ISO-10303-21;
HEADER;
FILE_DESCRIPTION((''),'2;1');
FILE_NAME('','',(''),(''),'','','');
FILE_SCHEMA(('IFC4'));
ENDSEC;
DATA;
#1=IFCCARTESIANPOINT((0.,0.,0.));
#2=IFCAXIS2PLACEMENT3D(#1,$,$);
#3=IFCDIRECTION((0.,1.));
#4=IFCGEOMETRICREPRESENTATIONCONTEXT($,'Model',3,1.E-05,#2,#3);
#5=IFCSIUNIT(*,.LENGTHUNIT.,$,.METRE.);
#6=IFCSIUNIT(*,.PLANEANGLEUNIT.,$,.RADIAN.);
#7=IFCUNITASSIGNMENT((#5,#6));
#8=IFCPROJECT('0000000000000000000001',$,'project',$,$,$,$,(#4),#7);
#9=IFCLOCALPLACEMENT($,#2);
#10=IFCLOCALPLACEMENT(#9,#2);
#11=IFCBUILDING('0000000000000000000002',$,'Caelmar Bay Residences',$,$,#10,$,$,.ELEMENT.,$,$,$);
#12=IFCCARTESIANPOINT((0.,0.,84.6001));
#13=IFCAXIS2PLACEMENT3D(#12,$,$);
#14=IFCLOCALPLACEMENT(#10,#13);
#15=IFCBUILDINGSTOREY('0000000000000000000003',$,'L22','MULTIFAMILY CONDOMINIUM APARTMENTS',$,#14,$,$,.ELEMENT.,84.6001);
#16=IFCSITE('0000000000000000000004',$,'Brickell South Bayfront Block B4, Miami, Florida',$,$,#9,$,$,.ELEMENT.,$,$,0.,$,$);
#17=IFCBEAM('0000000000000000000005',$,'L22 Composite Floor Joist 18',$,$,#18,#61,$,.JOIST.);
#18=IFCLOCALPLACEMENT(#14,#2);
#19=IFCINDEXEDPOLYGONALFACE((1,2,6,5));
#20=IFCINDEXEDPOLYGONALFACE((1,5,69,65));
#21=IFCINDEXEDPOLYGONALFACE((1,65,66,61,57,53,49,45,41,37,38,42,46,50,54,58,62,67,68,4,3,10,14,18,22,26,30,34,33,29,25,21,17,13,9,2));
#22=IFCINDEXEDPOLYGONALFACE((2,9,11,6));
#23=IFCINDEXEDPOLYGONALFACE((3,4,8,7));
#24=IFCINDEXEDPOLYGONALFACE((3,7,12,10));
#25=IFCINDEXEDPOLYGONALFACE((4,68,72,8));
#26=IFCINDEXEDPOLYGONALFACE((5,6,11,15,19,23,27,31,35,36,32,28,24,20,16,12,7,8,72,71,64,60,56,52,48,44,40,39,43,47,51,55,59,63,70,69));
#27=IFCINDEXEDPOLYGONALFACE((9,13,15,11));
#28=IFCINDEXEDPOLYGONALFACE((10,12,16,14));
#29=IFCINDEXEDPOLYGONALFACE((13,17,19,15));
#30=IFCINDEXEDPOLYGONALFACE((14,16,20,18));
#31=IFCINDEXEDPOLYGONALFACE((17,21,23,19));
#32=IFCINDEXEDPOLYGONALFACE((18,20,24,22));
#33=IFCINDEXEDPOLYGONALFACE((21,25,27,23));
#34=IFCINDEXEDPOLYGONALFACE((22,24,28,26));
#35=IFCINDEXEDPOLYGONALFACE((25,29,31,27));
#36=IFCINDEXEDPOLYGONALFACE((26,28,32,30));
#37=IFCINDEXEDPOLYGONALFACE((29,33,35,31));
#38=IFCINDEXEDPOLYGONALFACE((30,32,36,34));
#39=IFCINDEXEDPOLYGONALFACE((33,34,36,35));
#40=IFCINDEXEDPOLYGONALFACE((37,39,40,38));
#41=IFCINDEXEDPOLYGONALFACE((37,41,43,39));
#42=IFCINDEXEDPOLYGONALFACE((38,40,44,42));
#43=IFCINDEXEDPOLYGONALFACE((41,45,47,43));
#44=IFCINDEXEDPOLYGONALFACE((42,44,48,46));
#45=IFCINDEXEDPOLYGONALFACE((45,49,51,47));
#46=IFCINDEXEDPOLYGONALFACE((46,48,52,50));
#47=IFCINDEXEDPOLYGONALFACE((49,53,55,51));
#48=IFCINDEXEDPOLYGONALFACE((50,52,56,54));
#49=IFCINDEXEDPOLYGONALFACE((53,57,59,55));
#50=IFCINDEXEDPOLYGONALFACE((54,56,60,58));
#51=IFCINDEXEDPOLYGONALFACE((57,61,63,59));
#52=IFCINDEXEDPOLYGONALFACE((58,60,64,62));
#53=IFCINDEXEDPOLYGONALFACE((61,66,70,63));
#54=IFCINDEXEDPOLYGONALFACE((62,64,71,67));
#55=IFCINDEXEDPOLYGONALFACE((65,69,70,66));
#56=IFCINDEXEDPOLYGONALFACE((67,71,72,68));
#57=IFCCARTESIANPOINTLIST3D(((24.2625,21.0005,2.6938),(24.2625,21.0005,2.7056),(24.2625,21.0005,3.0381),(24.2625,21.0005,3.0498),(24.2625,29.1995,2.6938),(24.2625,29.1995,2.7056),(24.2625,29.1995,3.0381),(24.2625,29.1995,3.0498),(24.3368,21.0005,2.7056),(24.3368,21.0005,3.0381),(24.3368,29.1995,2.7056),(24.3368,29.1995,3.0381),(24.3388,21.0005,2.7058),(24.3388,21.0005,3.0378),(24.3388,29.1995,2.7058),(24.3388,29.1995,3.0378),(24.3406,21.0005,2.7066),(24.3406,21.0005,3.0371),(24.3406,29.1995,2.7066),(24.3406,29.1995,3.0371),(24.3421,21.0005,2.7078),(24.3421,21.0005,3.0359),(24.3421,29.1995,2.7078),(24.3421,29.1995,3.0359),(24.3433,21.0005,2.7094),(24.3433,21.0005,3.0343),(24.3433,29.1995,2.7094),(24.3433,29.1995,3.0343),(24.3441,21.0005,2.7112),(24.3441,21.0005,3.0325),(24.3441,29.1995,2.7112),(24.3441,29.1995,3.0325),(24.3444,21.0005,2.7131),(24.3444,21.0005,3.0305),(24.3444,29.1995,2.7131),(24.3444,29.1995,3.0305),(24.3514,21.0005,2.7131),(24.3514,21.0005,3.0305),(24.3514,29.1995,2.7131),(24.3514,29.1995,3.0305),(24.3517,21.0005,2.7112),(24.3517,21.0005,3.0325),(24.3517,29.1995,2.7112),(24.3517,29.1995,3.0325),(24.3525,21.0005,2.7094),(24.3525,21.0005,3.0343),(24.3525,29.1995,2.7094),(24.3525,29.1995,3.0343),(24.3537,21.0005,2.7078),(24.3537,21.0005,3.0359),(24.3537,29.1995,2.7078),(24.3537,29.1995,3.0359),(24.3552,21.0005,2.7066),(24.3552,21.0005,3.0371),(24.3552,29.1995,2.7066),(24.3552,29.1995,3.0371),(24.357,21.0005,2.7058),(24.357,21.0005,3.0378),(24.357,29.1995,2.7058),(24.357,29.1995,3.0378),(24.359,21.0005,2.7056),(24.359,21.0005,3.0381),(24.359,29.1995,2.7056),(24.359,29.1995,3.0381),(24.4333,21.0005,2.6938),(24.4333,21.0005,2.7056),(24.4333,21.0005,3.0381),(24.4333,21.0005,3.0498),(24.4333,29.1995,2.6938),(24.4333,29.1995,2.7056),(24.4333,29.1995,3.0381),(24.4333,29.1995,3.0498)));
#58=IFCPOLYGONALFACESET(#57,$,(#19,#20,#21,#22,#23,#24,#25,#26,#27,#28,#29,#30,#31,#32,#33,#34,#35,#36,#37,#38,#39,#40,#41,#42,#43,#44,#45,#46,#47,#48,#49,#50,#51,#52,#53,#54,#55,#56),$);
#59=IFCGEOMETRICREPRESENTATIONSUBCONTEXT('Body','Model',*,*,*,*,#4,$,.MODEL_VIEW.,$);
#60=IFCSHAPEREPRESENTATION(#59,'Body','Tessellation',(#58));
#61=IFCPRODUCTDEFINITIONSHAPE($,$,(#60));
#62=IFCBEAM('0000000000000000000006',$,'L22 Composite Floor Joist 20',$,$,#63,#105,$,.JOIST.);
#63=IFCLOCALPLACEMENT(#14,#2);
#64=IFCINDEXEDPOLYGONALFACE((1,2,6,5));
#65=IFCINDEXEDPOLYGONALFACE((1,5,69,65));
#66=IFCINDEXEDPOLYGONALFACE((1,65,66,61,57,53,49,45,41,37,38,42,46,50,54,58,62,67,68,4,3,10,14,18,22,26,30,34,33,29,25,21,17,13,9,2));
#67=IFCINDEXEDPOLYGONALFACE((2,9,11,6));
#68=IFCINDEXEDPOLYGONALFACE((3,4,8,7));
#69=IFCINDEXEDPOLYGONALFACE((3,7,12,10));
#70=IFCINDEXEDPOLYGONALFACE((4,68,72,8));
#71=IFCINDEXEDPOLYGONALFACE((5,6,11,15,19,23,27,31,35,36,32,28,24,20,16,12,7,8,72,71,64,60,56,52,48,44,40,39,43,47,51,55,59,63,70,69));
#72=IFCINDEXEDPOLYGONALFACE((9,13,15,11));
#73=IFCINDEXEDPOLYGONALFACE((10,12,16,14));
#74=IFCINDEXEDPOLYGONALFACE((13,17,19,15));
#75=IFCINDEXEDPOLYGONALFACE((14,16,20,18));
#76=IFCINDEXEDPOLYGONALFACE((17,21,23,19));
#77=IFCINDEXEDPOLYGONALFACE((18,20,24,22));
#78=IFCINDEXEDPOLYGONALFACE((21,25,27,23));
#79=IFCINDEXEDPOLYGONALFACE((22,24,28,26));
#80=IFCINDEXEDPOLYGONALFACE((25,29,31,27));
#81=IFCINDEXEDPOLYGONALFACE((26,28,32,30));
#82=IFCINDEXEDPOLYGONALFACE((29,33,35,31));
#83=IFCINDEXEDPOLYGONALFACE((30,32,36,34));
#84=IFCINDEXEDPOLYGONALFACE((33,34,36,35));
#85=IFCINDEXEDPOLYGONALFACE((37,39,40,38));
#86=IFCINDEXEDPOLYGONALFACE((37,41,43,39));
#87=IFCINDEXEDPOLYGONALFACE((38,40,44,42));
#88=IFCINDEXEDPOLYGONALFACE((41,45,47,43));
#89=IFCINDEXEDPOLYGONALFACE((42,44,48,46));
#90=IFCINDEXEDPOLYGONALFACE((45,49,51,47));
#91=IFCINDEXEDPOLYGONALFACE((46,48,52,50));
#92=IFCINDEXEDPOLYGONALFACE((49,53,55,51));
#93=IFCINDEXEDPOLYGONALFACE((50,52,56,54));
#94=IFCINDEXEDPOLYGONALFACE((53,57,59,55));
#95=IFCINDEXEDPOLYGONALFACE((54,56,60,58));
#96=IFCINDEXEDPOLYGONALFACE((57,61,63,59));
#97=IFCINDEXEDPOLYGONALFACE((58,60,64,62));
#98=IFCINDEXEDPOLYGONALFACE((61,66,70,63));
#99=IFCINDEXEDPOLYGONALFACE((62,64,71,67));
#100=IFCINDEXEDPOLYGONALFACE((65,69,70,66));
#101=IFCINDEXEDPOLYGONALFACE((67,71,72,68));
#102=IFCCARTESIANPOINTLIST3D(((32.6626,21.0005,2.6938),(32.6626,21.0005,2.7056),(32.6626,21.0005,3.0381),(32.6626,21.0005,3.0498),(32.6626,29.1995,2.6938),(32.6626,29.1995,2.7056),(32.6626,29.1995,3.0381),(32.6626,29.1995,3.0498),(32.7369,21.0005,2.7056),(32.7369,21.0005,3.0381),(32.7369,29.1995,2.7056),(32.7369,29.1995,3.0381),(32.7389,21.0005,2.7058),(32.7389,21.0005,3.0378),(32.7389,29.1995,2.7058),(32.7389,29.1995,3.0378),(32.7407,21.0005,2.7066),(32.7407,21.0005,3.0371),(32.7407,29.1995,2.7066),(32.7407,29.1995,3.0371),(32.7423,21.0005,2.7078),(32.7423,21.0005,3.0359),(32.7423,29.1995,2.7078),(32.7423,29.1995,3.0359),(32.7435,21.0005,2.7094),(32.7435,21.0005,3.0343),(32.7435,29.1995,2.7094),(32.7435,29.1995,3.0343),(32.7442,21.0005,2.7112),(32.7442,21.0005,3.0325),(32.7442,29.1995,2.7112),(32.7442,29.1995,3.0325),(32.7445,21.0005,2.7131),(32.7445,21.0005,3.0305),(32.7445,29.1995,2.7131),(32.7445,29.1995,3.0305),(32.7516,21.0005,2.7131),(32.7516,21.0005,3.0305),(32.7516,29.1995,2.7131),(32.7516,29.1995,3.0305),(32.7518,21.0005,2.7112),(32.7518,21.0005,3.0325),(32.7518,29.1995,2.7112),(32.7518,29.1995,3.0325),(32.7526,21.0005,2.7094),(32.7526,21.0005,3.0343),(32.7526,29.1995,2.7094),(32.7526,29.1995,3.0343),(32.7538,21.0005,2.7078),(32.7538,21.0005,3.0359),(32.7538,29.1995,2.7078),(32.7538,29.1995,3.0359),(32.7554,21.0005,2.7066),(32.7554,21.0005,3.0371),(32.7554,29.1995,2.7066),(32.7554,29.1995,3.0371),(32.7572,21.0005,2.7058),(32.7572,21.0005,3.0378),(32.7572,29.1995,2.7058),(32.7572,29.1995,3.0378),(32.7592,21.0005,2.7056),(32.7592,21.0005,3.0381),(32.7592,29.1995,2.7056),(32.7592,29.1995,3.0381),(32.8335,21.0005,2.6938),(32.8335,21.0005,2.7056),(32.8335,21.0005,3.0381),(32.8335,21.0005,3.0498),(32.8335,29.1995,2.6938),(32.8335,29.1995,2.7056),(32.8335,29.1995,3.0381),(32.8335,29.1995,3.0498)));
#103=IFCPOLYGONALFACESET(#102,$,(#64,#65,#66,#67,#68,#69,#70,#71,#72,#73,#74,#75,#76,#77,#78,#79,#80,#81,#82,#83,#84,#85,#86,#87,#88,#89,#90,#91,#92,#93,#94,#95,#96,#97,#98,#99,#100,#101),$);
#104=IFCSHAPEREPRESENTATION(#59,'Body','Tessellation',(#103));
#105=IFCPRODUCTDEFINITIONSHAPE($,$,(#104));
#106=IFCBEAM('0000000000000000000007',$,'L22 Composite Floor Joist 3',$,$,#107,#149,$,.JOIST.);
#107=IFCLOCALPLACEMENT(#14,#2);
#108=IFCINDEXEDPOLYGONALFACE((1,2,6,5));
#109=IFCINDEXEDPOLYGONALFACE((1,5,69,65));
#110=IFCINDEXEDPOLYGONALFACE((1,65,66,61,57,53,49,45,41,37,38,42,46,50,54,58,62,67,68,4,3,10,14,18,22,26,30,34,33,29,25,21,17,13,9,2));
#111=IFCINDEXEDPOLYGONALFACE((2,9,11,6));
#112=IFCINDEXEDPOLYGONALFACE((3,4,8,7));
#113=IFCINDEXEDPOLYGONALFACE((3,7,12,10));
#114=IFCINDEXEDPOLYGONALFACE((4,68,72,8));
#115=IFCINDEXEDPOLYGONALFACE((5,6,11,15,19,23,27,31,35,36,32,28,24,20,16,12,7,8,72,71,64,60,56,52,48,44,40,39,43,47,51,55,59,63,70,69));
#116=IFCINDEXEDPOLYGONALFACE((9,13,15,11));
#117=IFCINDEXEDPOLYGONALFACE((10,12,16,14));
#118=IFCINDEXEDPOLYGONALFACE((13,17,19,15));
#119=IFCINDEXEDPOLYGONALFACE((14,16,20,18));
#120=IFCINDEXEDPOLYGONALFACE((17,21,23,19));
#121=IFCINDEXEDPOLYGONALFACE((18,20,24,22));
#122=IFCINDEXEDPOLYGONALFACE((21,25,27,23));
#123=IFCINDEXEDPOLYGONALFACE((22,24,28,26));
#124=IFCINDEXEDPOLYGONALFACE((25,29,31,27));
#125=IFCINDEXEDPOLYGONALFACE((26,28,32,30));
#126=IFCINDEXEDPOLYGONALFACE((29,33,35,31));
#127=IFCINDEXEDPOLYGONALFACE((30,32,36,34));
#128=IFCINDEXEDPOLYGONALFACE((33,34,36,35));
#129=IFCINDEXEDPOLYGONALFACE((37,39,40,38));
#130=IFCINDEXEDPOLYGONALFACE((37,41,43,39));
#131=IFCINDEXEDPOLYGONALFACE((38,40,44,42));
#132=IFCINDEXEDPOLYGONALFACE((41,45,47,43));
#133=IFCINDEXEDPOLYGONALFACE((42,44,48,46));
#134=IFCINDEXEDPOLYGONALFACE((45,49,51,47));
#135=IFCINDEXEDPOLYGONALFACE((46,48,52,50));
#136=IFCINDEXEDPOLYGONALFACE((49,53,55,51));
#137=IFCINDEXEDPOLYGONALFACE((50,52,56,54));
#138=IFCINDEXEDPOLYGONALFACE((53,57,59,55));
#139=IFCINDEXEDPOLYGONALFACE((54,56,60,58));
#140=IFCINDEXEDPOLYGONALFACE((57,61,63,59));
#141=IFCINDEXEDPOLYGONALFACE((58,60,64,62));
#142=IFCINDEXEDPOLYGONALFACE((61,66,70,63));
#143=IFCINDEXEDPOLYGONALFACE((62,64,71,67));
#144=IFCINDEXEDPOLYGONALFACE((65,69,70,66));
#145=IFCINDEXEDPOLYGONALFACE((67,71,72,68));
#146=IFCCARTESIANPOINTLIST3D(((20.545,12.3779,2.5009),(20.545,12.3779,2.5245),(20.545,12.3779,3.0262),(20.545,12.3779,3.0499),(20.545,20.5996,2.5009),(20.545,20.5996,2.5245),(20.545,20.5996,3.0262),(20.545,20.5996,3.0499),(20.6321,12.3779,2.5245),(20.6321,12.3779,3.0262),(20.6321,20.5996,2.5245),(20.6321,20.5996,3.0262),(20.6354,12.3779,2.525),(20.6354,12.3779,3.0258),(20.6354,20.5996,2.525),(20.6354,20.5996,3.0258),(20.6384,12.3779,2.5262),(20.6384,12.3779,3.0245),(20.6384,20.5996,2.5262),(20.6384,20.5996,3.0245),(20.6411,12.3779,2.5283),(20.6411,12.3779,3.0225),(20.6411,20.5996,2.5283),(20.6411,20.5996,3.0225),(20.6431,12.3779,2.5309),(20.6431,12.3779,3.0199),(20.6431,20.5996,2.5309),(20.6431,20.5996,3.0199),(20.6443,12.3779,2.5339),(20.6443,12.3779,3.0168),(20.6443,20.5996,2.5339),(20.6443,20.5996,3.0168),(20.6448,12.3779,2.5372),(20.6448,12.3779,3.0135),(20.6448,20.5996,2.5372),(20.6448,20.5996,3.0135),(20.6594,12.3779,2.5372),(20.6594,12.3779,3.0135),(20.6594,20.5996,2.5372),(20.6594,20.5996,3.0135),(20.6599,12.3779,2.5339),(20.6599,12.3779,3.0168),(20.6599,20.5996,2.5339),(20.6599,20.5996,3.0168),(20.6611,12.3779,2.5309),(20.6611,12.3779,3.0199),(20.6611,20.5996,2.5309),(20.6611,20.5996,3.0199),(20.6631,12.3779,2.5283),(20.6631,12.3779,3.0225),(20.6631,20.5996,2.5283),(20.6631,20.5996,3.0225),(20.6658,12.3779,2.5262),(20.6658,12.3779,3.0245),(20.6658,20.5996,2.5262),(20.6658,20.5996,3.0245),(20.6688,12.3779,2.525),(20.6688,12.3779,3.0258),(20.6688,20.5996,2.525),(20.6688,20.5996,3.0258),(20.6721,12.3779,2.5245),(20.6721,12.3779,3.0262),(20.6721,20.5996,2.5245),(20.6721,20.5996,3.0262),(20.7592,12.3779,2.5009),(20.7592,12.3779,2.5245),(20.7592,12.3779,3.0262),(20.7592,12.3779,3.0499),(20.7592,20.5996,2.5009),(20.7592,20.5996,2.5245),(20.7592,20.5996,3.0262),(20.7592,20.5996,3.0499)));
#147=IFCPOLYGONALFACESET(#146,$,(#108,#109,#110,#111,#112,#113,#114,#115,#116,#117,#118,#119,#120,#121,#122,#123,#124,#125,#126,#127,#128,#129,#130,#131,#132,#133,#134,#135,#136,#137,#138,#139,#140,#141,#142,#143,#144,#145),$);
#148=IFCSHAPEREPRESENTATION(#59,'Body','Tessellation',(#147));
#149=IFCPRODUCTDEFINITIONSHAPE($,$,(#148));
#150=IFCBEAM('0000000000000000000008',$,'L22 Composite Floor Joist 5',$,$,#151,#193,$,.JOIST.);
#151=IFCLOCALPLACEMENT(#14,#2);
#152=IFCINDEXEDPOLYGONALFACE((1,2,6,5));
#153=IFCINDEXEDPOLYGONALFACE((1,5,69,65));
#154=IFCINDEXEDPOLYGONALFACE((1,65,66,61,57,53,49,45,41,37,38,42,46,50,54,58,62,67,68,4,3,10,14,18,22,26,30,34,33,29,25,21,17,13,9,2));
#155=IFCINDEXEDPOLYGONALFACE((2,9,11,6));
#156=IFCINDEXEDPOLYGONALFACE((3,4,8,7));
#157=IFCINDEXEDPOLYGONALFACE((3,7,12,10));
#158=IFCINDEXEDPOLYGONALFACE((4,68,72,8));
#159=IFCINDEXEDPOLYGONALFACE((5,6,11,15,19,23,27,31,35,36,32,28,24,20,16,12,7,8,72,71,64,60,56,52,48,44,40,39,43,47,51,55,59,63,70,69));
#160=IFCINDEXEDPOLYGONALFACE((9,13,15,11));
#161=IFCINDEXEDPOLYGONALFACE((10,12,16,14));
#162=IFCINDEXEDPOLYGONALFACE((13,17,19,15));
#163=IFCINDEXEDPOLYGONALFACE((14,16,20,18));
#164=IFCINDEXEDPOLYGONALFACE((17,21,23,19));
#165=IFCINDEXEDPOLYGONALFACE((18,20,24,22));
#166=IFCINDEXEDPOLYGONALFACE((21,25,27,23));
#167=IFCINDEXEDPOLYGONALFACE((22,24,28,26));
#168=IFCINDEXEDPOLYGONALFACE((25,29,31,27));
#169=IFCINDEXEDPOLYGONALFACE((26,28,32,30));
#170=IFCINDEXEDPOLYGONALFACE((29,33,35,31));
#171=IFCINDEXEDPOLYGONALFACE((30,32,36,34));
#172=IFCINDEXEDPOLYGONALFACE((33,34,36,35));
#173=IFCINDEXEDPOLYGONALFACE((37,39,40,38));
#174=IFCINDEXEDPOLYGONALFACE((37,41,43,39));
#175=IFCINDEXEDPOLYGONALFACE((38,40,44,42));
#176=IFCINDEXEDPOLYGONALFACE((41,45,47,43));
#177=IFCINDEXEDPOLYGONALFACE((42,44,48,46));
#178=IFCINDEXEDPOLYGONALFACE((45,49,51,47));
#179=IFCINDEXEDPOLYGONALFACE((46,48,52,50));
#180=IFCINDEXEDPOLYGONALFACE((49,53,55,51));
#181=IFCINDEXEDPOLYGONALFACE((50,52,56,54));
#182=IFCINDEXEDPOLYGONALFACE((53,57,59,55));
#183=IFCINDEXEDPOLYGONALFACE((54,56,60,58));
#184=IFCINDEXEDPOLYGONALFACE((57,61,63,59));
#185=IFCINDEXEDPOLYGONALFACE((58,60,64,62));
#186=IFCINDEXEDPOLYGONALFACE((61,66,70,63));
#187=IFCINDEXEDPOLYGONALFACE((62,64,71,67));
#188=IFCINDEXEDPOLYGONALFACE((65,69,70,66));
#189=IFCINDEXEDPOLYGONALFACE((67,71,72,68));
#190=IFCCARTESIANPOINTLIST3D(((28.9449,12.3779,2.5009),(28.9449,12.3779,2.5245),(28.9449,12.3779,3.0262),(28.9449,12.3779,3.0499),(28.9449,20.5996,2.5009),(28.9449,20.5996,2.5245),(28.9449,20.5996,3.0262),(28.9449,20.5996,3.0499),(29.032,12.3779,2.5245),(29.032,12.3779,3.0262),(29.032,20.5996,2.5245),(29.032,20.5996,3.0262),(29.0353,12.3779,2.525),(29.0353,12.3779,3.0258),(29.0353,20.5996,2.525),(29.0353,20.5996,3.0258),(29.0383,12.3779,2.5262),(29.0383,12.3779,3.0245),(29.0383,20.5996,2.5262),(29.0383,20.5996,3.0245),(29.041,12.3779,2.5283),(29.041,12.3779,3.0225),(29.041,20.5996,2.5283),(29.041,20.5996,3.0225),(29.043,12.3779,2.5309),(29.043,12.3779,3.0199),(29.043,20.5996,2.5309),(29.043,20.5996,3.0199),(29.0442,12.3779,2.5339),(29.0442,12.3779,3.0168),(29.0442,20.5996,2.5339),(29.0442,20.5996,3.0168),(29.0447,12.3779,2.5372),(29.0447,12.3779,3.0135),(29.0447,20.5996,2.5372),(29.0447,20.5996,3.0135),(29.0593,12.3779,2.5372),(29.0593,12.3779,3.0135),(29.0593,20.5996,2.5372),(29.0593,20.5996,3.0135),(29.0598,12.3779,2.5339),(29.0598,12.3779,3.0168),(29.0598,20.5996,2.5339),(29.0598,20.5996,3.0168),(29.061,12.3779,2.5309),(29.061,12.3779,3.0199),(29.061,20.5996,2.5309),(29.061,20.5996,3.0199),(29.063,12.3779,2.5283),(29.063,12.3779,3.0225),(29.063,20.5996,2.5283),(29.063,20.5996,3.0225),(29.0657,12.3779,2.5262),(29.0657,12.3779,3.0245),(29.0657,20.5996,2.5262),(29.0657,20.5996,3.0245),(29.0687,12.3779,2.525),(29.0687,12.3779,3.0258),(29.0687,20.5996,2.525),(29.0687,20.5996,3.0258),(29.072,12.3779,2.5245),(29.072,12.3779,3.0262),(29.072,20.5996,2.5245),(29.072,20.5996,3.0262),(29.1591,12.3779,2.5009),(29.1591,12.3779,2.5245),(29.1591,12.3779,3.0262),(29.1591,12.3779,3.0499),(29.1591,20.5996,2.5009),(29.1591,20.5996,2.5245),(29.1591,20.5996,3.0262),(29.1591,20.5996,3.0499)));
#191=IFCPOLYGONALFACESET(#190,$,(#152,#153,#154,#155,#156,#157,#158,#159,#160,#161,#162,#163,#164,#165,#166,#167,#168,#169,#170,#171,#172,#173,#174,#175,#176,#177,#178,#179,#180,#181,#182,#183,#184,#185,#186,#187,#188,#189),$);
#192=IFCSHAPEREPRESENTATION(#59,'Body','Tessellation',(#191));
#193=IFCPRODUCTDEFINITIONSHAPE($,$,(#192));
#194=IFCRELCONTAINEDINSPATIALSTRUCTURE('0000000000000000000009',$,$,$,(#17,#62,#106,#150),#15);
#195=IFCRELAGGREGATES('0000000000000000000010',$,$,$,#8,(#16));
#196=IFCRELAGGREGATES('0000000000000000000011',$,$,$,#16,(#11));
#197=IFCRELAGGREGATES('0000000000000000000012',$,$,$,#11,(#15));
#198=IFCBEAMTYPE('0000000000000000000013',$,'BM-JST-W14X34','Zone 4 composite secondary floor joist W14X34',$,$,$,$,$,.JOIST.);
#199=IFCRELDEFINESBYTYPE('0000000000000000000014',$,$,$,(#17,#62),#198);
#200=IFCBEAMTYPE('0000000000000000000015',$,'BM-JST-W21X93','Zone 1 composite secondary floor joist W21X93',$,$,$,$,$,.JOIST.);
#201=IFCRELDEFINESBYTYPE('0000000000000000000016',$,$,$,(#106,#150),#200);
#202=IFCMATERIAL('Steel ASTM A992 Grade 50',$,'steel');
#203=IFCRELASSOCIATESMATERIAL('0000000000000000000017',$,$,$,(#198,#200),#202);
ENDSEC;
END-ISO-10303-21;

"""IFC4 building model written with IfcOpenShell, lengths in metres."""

from ifc_helpers import new_model, si_unit, direction, frame, origin, origin_2d, place, context, subcontext, project, spatial, i_section, extrude, material, material_profile, profile_set, type_object, element, save


model = new_model("IFC4")

# Units and contexts
model_context = context("Model", 3, precision=1e-05, world=origin(), true_north=direction((0.0, 1.0)))
body_context = subcontext(model_context, "Body", "Model", "MODEL_VIEW")
ifc_project = project(units=[si_unit("LENGTHUNIT", "METRE"), si_unit("PLANEANGLEUNIT", "RADIAN")], contexts=[model_context])

# Site, building, storey
site_placement = place(None, origin())
site = spatial("IfcSite", under=ifc_project, at=site_placement, Name="Brickell South Bayfront Block B4, Miami, Florida", CompositionType="ELEMENT", RefElevation=0.0)
building_placement = place(site_placement, origin())
building = spatial("IfcBuilding", under=site, at=building_placement, Name="Caelmar Bay Residences", CompositionType="ELEMENT")
storey_placement = place(building_placement, frame((0.0, 0.0, 84.6001)))
storey = spatial("IfcBuildingStorey", under=building, at=storey_placement, Name="L22", Description="MULTIFAMILY CONDOMINIUM APARTMENTS", CompositionType="ELEMENT", Elevation=84.6001)

# Beams
ifc_material_1 = material(Name="Steel ASTM A992 Grade 50", Category="steel")
ifc_material_profile_1 = material_profile(ifc_material_1, i_section(OverallWidth=0.1709, OverallDepth=0.356, WebThickness=0.0071, FlangeThickness=0.0117, FilletRadius=0.0076, at=origin_2d()), Name="W14X34")
ifc_profile_set_1 = profile_set([ifc_material_profile_1], Name="Steel ASTM A992 Grade 50")
beam_type_1 = type_object("IfcBeamType", Name="BM-JST-W14X34", Description="Zone 4 composite secondary floor joist W14X34", PredefinedType="JOIST", material=ifc_profile_set_1)
for number, where, z_axis, x_axis, name in (
    (1, (24.3479, 21.0005, 2.8718), (0.0, 1.0, 0.0), (-1.0, 0.0, 0.0), "L22 Composite Floor Joist 18"),
    (2, (32.748, 21.0005, 2.8718), (0.0, 1.0, 0.0), (-1.0, 0.0, 0.0), "L22 Composite Floor Joist 20"),
):
    element("IfcBeam", number, at=place(storey_placement, frame(where, z_axis=z_axis, x_axis=x_axis)), inside=storey, type_object=beam_type_1, Name=name, PredefinedType="JOIST", context=body_context, shape_type="SweptSolid", body=[
        extrude(i_section(OverallWidth=0.1709, OverallDepth=0.356, WebThickness=0.0071, FlangeThickness=0.0117, FilletRadius=0.0076, at=origin_2d()), origin(), (0.0, 0.0, 1.0), 8.199),
    ])
ifc_material_profile_2 = material_profile(ifc_material_1, i_section(OverallWidth=0.2141, OverallDepth=0.5491, WebThickness=0.0146, FlangeThickness=0.0237, FilletRadius=0.0127, at=origin_2d()), Name="W21X93")
ifc_profile_set_2 = profile_set([ifc_material_profile_2], Name="Steel ASTM A992 Grade 50")
beam_type_2 = type_object("IfcBeamType", Name="BM-JST-W21X93", Description="Zone 1 composite secondary floor joist W21X93", PredefinedType="JOIST", material=ifc_profile_set_2)
for number, where, z_axis, x_axis, name in (
    (3, (20.6521, 12.3779, 2.7754), (0.0, 1.0, 0.0), (-1.0, 0.0, 0.0), "L22 Composite Floor Joist 3"),
    (4, (29.052, 12.3779, 2.7754), (0.0, 1.0, 0.0), (-1.0, 0.0, 0.0), "L22 Composite Floor Joist 5"),
):
    element("IfcBeam", number, at=place(storey_placement, frame(where, z_axis=z_axis, x_axis=x_axis)), inside=storey, type_object=beam_type_2, Name=name, PredefinedType="JOIST", context=body_context, shape_type="SweptSolid", body=[
        extrude(i_section(OverallWidth=0.2141, OverallDepth=0.5491, WebThickness=0.0146, FlangeThickness=0.0237, FilletRadius=0.0127, at=origin_2d()), origin(), (0.0, 0.0, 1.0), 8.2217),
    ])

save(model, "model.ifc")
